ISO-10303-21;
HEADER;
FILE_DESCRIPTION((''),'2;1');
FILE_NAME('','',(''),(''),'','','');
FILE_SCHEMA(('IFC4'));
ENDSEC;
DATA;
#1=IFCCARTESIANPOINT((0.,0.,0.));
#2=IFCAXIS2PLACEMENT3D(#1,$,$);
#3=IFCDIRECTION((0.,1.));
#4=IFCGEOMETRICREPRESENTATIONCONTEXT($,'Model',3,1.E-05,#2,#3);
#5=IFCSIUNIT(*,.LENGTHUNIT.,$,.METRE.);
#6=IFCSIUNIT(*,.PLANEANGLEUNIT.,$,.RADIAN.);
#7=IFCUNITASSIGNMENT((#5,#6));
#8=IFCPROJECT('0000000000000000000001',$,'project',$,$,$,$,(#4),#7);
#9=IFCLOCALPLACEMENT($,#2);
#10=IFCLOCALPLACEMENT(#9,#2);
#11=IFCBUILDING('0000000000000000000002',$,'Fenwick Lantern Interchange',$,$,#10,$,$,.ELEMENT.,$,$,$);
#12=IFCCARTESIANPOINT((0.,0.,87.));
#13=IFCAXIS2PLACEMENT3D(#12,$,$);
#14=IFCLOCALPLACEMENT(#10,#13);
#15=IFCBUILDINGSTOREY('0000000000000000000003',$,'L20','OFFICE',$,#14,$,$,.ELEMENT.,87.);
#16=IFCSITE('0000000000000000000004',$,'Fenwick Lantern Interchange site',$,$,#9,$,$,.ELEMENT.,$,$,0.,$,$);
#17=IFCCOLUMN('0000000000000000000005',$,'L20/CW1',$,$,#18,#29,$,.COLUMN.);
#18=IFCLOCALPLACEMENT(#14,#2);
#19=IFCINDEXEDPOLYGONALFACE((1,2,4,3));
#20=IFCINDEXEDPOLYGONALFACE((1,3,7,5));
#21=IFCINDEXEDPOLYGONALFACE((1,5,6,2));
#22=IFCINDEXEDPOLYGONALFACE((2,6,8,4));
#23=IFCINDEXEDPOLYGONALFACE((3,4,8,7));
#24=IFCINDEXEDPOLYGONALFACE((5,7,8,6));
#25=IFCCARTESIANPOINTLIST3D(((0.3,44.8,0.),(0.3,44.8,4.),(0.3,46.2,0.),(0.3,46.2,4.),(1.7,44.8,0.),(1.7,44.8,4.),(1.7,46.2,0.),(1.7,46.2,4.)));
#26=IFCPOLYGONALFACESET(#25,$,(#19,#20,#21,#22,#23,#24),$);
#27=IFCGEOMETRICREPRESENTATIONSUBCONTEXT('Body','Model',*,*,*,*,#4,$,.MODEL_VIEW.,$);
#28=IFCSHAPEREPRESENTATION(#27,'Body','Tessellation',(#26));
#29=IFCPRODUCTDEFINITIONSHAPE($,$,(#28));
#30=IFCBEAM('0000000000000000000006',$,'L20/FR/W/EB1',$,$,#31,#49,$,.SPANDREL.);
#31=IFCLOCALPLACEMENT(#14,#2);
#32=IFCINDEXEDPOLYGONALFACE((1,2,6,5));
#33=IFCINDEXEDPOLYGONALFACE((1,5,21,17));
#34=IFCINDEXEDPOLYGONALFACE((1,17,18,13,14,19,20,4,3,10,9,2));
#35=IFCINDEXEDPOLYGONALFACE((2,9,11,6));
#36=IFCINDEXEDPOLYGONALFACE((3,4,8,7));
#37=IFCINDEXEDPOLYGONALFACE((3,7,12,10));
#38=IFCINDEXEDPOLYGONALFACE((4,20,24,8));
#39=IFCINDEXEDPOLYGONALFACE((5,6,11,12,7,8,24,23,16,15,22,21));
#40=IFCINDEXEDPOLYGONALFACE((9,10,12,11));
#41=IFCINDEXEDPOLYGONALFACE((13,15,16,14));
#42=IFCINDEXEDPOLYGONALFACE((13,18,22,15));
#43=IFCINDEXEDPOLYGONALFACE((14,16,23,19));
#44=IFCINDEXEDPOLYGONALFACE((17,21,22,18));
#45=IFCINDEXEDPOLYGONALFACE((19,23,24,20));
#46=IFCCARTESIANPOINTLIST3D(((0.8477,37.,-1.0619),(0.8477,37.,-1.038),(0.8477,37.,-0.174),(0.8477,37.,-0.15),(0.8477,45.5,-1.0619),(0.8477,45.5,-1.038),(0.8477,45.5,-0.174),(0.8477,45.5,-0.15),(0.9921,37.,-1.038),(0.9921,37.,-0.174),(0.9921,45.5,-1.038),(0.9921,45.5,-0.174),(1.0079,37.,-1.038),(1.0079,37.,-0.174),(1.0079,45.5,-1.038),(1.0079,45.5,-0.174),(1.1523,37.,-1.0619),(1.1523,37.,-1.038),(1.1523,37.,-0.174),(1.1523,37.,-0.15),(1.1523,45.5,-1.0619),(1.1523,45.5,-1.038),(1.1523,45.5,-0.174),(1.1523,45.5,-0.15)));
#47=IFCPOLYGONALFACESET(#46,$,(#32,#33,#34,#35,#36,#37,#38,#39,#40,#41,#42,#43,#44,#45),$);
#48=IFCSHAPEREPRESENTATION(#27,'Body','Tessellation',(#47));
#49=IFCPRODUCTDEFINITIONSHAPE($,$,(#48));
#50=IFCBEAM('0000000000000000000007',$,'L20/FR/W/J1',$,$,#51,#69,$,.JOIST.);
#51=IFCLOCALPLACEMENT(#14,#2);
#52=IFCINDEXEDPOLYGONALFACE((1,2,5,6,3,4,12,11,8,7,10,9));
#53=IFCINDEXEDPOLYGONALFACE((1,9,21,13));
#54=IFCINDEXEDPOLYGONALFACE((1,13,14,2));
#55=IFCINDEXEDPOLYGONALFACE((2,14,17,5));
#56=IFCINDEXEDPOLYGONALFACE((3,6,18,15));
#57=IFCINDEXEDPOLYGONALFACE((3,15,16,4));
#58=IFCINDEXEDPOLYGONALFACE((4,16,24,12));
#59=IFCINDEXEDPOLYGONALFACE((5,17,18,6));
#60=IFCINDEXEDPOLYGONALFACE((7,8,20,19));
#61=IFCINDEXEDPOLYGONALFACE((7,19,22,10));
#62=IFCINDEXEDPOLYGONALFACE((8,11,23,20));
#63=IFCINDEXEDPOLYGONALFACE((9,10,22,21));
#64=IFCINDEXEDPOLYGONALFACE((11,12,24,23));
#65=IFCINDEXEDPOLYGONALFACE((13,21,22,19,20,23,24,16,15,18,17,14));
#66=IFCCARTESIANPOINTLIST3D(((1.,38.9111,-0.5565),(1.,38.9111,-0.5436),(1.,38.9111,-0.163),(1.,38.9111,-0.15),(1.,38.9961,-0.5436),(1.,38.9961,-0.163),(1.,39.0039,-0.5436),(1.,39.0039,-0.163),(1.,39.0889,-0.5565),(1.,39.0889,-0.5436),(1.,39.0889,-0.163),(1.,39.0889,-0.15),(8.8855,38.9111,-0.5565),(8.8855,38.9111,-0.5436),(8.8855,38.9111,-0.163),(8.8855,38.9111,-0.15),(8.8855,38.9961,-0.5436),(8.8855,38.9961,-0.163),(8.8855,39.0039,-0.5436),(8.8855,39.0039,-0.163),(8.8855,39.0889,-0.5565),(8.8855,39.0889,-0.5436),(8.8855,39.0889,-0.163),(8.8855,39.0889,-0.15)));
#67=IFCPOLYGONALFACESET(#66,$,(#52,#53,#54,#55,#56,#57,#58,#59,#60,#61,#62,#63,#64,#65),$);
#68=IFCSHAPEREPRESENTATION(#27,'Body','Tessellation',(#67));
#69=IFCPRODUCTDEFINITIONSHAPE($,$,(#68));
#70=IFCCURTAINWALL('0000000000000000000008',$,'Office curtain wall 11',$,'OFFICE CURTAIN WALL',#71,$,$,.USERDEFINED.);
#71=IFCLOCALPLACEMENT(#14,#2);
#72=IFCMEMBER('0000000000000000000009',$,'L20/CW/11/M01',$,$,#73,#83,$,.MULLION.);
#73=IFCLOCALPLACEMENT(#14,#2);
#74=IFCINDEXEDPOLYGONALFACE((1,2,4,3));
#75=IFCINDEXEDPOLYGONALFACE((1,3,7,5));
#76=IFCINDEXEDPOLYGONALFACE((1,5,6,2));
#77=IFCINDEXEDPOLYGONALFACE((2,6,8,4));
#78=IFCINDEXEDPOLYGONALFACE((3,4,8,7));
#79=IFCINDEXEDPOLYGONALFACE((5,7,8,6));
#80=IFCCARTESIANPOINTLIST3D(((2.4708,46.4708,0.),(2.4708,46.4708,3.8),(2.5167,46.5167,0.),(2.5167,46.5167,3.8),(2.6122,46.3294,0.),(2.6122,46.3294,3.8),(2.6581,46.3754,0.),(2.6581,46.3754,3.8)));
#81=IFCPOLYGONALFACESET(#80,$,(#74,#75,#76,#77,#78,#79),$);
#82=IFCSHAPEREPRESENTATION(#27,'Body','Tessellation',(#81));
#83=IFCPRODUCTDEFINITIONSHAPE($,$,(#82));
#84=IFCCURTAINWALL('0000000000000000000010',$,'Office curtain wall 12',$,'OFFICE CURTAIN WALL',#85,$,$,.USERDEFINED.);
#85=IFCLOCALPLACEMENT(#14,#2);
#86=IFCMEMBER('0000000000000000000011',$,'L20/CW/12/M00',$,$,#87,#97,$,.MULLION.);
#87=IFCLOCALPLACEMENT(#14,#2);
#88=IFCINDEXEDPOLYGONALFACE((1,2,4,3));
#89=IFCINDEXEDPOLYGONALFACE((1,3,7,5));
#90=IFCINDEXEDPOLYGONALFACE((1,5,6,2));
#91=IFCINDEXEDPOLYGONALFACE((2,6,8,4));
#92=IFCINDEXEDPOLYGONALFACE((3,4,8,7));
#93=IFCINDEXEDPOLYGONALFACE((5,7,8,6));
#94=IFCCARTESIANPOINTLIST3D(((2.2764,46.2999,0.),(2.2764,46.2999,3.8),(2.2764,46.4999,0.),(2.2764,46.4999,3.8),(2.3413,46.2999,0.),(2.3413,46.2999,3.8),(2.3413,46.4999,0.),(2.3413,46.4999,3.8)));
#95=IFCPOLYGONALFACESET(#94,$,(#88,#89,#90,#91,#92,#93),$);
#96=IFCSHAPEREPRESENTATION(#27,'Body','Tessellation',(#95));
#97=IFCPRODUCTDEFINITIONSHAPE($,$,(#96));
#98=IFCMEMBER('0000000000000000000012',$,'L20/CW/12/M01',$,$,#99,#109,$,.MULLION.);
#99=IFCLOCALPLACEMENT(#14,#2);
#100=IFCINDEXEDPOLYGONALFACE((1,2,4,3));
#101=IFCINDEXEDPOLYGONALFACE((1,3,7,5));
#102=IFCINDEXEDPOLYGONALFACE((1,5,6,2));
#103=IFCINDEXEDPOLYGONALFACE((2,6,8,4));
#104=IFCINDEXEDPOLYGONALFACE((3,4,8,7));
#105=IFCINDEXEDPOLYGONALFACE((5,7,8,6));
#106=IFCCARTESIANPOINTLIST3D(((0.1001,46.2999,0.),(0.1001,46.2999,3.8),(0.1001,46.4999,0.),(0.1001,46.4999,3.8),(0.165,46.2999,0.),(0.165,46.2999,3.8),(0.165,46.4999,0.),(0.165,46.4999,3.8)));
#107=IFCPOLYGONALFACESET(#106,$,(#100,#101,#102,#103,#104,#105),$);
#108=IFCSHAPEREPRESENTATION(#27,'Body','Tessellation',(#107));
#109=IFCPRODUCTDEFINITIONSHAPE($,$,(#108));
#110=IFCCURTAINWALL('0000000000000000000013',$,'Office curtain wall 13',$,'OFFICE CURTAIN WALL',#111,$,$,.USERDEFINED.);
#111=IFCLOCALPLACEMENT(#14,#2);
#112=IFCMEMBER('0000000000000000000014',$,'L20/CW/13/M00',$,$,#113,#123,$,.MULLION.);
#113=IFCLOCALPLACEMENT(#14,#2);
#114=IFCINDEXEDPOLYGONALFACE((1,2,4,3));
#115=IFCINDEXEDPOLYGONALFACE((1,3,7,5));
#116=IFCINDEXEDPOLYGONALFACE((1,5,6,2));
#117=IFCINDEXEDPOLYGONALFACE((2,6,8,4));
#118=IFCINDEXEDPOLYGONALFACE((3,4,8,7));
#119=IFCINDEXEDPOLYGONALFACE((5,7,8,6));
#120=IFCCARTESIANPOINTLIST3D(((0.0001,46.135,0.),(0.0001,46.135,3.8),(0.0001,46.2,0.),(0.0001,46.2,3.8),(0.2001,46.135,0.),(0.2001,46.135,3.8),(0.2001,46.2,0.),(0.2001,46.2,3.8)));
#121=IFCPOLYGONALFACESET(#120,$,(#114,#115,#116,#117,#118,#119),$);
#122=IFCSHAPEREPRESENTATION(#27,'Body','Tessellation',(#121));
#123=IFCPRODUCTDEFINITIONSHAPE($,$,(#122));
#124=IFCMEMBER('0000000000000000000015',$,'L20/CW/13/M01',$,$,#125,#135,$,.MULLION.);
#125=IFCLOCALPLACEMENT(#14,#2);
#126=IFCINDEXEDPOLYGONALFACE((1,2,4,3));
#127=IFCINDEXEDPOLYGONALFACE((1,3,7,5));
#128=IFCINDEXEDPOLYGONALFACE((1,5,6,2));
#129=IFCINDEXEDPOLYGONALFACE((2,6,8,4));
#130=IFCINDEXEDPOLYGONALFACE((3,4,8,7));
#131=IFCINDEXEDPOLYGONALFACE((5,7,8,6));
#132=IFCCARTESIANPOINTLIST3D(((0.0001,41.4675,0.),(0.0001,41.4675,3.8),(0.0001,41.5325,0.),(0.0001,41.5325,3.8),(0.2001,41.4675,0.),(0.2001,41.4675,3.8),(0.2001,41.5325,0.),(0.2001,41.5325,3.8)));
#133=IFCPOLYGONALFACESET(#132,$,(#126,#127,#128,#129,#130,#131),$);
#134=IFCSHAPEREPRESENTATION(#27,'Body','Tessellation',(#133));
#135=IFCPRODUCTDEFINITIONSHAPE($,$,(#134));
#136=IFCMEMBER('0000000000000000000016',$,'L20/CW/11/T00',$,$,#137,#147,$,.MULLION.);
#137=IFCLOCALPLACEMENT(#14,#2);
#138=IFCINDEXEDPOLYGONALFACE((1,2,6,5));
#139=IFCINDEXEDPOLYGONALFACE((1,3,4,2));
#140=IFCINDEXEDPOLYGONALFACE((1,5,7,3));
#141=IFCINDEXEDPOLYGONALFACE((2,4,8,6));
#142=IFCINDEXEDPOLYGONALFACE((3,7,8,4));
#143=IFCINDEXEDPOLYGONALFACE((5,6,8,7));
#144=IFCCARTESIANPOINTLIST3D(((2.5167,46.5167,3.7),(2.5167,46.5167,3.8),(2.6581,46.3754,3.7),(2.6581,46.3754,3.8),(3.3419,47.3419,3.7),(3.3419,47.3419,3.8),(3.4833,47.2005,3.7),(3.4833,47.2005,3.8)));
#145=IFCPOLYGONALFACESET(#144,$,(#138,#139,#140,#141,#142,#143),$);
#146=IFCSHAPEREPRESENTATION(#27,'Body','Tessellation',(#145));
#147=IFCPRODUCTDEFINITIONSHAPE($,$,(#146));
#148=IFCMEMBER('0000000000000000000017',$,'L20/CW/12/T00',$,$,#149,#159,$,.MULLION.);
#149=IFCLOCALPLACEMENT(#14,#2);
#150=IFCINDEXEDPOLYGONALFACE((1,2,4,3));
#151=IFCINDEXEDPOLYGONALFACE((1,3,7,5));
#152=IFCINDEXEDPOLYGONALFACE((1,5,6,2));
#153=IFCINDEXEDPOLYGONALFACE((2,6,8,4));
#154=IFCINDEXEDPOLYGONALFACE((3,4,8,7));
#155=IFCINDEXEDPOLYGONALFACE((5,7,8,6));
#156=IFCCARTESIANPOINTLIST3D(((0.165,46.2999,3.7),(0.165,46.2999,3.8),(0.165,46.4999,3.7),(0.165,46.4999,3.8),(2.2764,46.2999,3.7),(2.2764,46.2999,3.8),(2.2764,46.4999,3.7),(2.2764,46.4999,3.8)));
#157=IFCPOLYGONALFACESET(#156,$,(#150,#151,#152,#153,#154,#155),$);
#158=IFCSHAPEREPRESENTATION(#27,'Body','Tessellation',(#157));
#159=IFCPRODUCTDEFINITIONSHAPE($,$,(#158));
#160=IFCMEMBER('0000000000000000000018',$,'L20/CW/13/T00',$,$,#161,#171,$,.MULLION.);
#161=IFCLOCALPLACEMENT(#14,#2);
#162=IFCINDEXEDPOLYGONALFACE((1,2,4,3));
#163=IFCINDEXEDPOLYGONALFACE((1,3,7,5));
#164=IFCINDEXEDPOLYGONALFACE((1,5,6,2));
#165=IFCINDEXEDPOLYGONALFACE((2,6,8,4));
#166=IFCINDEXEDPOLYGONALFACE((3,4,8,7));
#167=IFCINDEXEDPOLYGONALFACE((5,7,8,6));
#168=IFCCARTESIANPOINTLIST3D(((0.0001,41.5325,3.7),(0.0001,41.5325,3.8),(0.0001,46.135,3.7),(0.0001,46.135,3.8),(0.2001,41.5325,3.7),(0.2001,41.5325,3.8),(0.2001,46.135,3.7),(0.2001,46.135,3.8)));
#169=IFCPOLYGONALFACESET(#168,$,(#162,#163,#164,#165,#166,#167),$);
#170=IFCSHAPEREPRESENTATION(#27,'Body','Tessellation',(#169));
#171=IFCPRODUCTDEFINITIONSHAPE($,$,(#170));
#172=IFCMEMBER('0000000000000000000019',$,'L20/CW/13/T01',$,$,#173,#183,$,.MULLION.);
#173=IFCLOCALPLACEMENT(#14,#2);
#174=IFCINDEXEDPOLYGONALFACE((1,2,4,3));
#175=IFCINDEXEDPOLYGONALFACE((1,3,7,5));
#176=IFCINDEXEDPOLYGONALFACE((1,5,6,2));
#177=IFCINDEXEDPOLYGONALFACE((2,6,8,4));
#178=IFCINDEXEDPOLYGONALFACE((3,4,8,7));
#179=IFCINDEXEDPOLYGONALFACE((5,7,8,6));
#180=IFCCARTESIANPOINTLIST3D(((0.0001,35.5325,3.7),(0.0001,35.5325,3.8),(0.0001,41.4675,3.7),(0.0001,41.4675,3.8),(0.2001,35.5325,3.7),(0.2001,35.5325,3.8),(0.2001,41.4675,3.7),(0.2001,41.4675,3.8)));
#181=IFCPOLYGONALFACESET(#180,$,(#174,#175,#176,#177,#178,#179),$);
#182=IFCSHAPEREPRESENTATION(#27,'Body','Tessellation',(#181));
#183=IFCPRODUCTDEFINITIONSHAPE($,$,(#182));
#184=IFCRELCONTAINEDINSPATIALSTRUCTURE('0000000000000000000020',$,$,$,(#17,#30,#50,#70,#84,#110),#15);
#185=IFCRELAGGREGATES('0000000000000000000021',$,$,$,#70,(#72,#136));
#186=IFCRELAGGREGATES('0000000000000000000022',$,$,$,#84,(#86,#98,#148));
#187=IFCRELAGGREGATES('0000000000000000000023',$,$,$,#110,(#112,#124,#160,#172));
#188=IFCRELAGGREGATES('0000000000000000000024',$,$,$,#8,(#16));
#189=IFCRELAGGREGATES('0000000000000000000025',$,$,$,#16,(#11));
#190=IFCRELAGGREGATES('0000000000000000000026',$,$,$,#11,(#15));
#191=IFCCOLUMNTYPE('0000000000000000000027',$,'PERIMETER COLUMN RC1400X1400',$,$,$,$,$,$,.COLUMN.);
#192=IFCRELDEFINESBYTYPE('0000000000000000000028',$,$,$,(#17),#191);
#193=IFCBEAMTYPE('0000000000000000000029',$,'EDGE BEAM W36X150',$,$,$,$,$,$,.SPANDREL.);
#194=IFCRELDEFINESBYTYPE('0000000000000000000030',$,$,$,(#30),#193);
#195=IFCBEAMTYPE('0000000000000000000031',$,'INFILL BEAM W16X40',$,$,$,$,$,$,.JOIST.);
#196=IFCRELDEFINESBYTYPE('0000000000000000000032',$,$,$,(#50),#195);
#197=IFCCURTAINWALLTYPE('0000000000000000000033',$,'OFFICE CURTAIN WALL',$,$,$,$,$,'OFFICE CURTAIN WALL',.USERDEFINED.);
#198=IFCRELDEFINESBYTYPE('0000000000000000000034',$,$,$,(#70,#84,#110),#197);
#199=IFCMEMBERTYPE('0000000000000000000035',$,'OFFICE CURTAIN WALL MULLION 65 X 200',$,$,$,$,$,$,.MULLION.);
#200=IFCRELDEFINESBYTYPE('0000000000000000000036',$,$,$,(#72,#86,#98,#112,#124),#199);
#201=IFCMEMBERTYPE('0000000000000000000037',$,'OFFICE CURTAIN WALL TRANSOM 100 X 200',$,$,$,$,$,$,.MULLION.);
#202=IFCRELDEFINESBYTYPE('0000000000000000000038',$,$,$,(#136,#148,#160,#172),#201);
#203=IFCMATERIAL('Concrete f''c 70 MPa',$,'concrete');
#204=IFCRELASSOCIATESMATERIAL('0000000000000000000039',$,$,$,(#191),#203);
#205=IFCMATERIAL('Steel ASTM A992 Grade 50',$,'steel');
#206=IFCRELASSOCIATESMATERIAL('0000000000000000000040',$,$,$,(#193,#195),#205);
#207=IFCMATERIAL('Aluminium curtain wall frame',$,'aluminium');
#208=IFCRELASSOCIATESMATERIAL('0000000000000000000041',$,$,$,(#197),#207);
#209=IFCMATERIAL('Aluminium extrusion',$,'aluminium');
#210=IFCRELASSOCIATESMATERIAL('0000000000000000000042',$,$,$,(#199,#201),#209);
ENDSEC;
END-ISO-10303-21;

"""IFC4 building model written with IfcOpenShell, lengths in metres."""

from ifc_helpers import new_model, si_unit, direction, frame, origin, origin_2d, place, context, subcontext, project, spatial, rectangle, i_section, extrude, material, material_profile, profile_set, type_object, element, aggregate, save


model = new_model("IFC4")

# Units and contexts
model_context = context("Model", 3, precision=1e-05, world=origin(), true_north=direction((0.0, 1.0)))
body_context = subcontext(model_context, "Body", "Model", "MODEL_VIEW")
ifc_project = project(units=[si_unit("LENGTHUNIT", "METRE"), si_unit("PLANEANGLEUNIT", "RADIAN")], contexts=[model_context])

# Site, building, storey
site_placement = place(None, origin())
site = spatial("IfcSite", under=ifc_project, at=site_placement, Name="Fenwick Lantern Interchange site", CompositionType="ELEMENT", RefElevation=0.0)
building_placement = place(site_placement, origin())
building = spatial("IfcBuilding", under=site, at=building_placement, Name="Fenwick Lantern Interchange", CompositionType="ELEMENT")
storey_placement = place(building_placement, frame((0.0, 0.0, 87.0)))
storey = spatial("IfcBuildingStorey", under=building, at=storey_placement, Name="L20", Description="OFFICE", CompositionType="ELEMENT", Elevation=87.0)

# Column
ifc_material_1 = material(Name="Concrete f'c 70 MPa", Category="concrete")
ifc_material_profile_1 = material_profile(ifc_material_1, rectangle(XDim=1.3999, YDim=1.3999, at=origin_2d()), Name="RC1400X1400")
ifc_profile_set_1 = profile_set([ifc_material_profile_1], Name="Concrete f'c 70 MPa")
column_type = type_object("IfcColumnType", Name="PERIMETER COLUMN RC1400X1400", PredefinedType="COLUMN", material=ifc_profile_set_1)
column_placement = place(storey_placement, frame((1.0, 45.5, 0.0), z_axis=(0.0, 0.0, 1.0), x_axis=(1.0, 0.0, 0.0)))
element("IfcColumn", 1, at=column_placement, inside=storey, type_object=column_type, Name="L20/CW1", PredefinedType="COLUMN", context=body_context, shape_type="SweptSolid", body=[
    extrude(rectangle(XDim=1.3999, YDim=1.3999, at=origin_2d()), origin(), (0.0, 0.0, 1.0), 4.0),
])

# Beams
ifc_material_2 = material(Name="Steel ASTM A992 Grade 50", Category="steel")
ifc_material_profile_2 = material_profile(ifc_material_2, i_section(OverallWidth=0.3047, OverallDepth=0.9119, WebThickness=0.0159, FlangeThickness=0.0239, at=origin_2d()), Name="W36X150")
ifc_profile_set_2 = profile_set([ifc_material_profile_2], Name="Steel ASTM A992 Grade 50")
beam_type_1 = type_object("IfcBeamType", Name="EDGE BEAM W36X150", PredefinedType="SPANDREL", material=ifc_profile_set_2)
beam_1_placement = place(storey_placement, frame((1.0, 45.5, -0.606), z_axis=(0.0, -1.0, 0.0), x_axis=(1.0, 0.0, 0.0)))
element("IfcBeam", 2, at=beam_1_placement, inside=storey, type_object=beam_type_1, Name="L20/FR/W/EB1", PredefinedType="SPANDREL", context=body_context, shape_type="SweptSolid", body=[
    extrude(i_section(OverallWidth=0.3047, OverallDepth=0.9119, WebThickness=0.0159, FlangeThickness=0.0239, at=origin_2d()), origin(), (0.0, 0.0, 1.0), 8.5),
])
ifc_material_profile_3 = material_profile(ifc_material_2, i_section(OverallWidth=0.1777, OverallDepth=0.4065, WebThickness=0.0078, FlangeThickness=0.0129, at=origin_2d()), Name="W16X40")
ifc_profile_set_3 = profile_set([ifc_material_profile_3], Name="Steel ASTM A992 Grade 50")
beam_type_2 = type_object("IfcBeamType", Name="INFILL BEAM W16X40", PredefinedType="JOIST", material=ifc_profile_set_3)
beam_2_placement = place(storey_placement, frame((1.0, 39.0, -0.3533), z_axis=(1.0, 0.0, 0.0), x_axis=(0.0, 1.0, 0.0)))
element("IfcBeam", 3, at=beam_2_placement, inside=storey, type_object=beam_type_2, Name="L20/FR/W/J1", PredefinedType="JOIST", context=body_context, shape_type="SweptSolid", body=[
    extrude(i_section(OverallWidth=0.1777, OverallDepth=0.4065, WebThickness=0.0078, FlangeThickness=0.0129, at=origin_2d()), origin(), (0.0, 0.0, 1.0), 7.8855),
])

# Curtain wall, member
ifc_material_3 = material(Name="Aluminium curtain wall frame", Category="aluminium")
curtain_wall_type = type_object("IfcCurtainWallType", Name="OFFICE CURTAIN WALL", ElementType="OFFICE CURTAIN WALL", PredefinedType="USERDEFINED", material=ifc_material_3)
curtain_wall_1_placement = place(storey_placement, origin())
curtain_wall_1 = element("IfcCurtainWall", 4, at=curtain_wall_1_placement, inside=storey, type_object=curtain_wall_type, Name="Office curtain wall 11", ObjectType="OFFICE CURTAIN WALL", PredefinedType="USERDEFINED")
ifc_material_4 = material(Name="Aluminium extrusion", Category="aluminium")
ifc_material_profile_4 = material_profile(ifc_material_4, rectangle(XDim=0.2, YDim=0.0649, at=origin_2d()), Name="OFFICE CURTAIN WALL MULLION 65 X 200")
ifc_profile_set_4 = profile_set([ifc_material_profile_4], Name="Aluminium extrusion")
member_type_1 = type_object("IfcMemberType", Name="OFFICE CURTAIN WALL MULLION 65 X 200", PredefinedType="MULLION", material=ifc_profile_set_4)
member_1_placement = place(storey_placement, frame((2.5645, 46.4231, 0.0), z_axis=(0.0, 0.0, 1.0), x_axis=(0.707107, -0.707107, 0.0)))
member_1 = element("IfcMember", 5, at=member_1_placement, type_object=member_type_1, Name="L20/CW/11/M01", PredefinedType="MULLION", context=body_context, shape_type="SweptSolid", body=[
    extrude(rectangle(XDim=0.2, YDim=0.0649, at=origin_2d()), origin(), (0.0, 0.0, 1.0), 3.8),
])

# Curtain walls, members
curtain_wall_2_placement = place(storey_placement, origin())
curtain_wall_2 = element("IfcCurtainWall", 6, at=curtain_wall_2_placement, inside=storey, type_object=curtain_wall_type, Name="Office curtain wall 12", ObjectType="OFFICE CURTAIN WALL", PredefinedType="USERDEFINED")
member_2_placement = place(storey_placement, frame((2.3088, 46.3999, 0.0), z_axis=(0.0, 0.0, 1.0), x_axis=(0.0, -1.0, 0.0)))
member_2 = element("IfcMember", 7, at=member_2_placement, type_object=member_type_1, Name="L20/CW/12/M00", PredefinedType="MULLION", context=body_context, shape_type="SweptSolid", body=[
    extrude(rectangle(XDim=0.2, YDim=0.0649, at=origin_2d()), origin(), (0.0, 0.0, 1.0), 3.8),
])
member_3_placement = place(storey_placement, frame((0.1326, 46.3999, 0.0), z_axis=(0.0, 0.0, 1.0), x_axis=(0.0, -1.0, 0.0)))
member_3 = element("IfcMember", 8, at=member_3_placement, type_object=member_type_1, Name="L20/CW/12/M01", PredefinedType="MULLION", context=body_context, shape_type="SweptSolid", body=[
    extrude(rectangle(XDim=0.2, YDim=0.0649, at=origin_2d()), origin(), (0.0, 0.0, 1.0), 3.8),
])
curtain_wall_3_placement = place(storey_placement, origin())
curtain_wall_3 = element("IfcCurtainWall", 9, at=curtain_wall_3_placement, inside=storey, type_object=curtain_wall_type, Name="Office curtain wall 13", ObjectType="OFFICE CURTAIN WALL", PredefinedType="USERDEFINED")
member_4_placement = place(storey_placement, frame((0.1001, 46.1675, 0.0), z_axis=(0.0, 0.0, 1.0), x_axis=(1.0, 0.0, 0.0)))
member_4 = element("IfcMember", 10, at=member_4_placement, type_object=member_type_1, Name="L20/CW/13/M00", PredefinedType="MULLION", context=body_context, shape_type="SweptSolid", body=[
    extrude(rectangle(XDim=0.2, YDim=0.0649, at=origin_2d()), origin(), (0.0, 0.0, 1.0), 3.8),
])
member_5_placement = place(storey_placement, frame((0.1001, 41.5, 0.0), z_axis=(0.0, 0.0, 1.0), x_axis=(1.0, 0.0, 0.0)))
member_5 = element("IfcMember", 11, at=member_5_placement, type_object=member_type_1, Name="L20/CW/13/M01", PredefinedType="MULLION", context=body_context, shape_type="SweptSolid", body=[
    extrude(rectangle(XDim=0.2, YDim=0.0649, at=origin_2d()), origin(), (0.0, 0.0, 1.0), 3.8),
])

# Members
ifc_material_profile_5 = material_profile(ifc_material_4, rectangle(XDim=0.2, YDim=0.1001, at=origin_2d()), Name="OFFICE CURTAIN WALL TRANSOM 100 X 200")
ifc_profile_set_5 = profile_set([ifc_material_profile_5], Name="Aluminium extrusion")
member_type_2 = type_object("IfcMemberType", Name="OFFICE CURTAIN WALL TRANSOM 100 X 200", PredefinedType="MULLION", material=ifc_profile_set_5)
member_6_placement = place(storey_placement, frame((3.4126, 47.2712, 3.75), z_axis=(-0.707107, -0.707107, 0.0), x_axis=(0.707107, -0.707107, 0.0)))
member_6 = element("IfcMember", 12, at=member_6_placement, type_object=member_type_2, Name="L20/CW/11/T00", PredefinedType="MULLION", context=body_context, shape_type="SweptSolid", body=[
    extrude(rectangle(XDim=0.2, YDim=0.1001, at=origin_2d()), origin(), (0.0, 0.0, 1.0), 1.167),
])
aggregate(curtain_wall_1, [member_1, member_6])
member_7_placement = place(storey_placement, frame((2.2764, 46.3999, 3.75), z_axis=(-1.0, 0.0, 0.0), x_axis=(0.0, -1.0, 0.0)))
member_7 = element("IfcMember", 13, at=member_7_placement, type_object=member_type_2, Name="L20/CW/12/T00", PredefinedType="MULLION", context=body_context, shape_type="SweptSolid", body=[
    extrude(rectangle(XDim=0.2, YDim=0.1001, at=origin_2d()), origin(), (0.0, 0.0, 1.0), 2.1113),
])
aggregate(curtain_wall_2, [member_2, member_3, member_7])
member_8_placement = place(storey_placement, frame((0.1001, 46.135, 3.75), z_axis=(0.0, -1.0, 0.0), x_axis=(1.0, 0.0, 0.0)))
member_8 = element("IfcMember", 14, at=member_8_placement, type_object=member_type_2, Name="L20/CW/13/T00", PredefinedType="MULLION", context=body_context, shape_type="SweptSolid", body=[
    extrude(rectangle(XDim=0.2, YDim=0.1001, at=origin_2d()), origin(), (0.0, 0.0, 1.0), 4.6025),
])
member_9_placement = place(storey_placement, frame((0.1001, 41.4675, 3.75), z_axis=(0.0, -1.0, 0.0), x_axis=(1.0, 0.0, 0.0)))
member_9 = element("IfcMember", 15, at=member_9_placement, type_object=member_type_2, Name="L20/CW/13/T01", PredefinedType="MULLION", context=body_context, shape_type="SweptSolid", body=[
    extrude(rectangle(XDim=0.2, YDim=0.1001, at=origin_2d()), origin(), (0.0, 0.0, 1.0), 5.9351),
])

aggregate(curtain_wall_3, [member_4, member_5, member_8, member_9])

save(model, "model.ifc")
